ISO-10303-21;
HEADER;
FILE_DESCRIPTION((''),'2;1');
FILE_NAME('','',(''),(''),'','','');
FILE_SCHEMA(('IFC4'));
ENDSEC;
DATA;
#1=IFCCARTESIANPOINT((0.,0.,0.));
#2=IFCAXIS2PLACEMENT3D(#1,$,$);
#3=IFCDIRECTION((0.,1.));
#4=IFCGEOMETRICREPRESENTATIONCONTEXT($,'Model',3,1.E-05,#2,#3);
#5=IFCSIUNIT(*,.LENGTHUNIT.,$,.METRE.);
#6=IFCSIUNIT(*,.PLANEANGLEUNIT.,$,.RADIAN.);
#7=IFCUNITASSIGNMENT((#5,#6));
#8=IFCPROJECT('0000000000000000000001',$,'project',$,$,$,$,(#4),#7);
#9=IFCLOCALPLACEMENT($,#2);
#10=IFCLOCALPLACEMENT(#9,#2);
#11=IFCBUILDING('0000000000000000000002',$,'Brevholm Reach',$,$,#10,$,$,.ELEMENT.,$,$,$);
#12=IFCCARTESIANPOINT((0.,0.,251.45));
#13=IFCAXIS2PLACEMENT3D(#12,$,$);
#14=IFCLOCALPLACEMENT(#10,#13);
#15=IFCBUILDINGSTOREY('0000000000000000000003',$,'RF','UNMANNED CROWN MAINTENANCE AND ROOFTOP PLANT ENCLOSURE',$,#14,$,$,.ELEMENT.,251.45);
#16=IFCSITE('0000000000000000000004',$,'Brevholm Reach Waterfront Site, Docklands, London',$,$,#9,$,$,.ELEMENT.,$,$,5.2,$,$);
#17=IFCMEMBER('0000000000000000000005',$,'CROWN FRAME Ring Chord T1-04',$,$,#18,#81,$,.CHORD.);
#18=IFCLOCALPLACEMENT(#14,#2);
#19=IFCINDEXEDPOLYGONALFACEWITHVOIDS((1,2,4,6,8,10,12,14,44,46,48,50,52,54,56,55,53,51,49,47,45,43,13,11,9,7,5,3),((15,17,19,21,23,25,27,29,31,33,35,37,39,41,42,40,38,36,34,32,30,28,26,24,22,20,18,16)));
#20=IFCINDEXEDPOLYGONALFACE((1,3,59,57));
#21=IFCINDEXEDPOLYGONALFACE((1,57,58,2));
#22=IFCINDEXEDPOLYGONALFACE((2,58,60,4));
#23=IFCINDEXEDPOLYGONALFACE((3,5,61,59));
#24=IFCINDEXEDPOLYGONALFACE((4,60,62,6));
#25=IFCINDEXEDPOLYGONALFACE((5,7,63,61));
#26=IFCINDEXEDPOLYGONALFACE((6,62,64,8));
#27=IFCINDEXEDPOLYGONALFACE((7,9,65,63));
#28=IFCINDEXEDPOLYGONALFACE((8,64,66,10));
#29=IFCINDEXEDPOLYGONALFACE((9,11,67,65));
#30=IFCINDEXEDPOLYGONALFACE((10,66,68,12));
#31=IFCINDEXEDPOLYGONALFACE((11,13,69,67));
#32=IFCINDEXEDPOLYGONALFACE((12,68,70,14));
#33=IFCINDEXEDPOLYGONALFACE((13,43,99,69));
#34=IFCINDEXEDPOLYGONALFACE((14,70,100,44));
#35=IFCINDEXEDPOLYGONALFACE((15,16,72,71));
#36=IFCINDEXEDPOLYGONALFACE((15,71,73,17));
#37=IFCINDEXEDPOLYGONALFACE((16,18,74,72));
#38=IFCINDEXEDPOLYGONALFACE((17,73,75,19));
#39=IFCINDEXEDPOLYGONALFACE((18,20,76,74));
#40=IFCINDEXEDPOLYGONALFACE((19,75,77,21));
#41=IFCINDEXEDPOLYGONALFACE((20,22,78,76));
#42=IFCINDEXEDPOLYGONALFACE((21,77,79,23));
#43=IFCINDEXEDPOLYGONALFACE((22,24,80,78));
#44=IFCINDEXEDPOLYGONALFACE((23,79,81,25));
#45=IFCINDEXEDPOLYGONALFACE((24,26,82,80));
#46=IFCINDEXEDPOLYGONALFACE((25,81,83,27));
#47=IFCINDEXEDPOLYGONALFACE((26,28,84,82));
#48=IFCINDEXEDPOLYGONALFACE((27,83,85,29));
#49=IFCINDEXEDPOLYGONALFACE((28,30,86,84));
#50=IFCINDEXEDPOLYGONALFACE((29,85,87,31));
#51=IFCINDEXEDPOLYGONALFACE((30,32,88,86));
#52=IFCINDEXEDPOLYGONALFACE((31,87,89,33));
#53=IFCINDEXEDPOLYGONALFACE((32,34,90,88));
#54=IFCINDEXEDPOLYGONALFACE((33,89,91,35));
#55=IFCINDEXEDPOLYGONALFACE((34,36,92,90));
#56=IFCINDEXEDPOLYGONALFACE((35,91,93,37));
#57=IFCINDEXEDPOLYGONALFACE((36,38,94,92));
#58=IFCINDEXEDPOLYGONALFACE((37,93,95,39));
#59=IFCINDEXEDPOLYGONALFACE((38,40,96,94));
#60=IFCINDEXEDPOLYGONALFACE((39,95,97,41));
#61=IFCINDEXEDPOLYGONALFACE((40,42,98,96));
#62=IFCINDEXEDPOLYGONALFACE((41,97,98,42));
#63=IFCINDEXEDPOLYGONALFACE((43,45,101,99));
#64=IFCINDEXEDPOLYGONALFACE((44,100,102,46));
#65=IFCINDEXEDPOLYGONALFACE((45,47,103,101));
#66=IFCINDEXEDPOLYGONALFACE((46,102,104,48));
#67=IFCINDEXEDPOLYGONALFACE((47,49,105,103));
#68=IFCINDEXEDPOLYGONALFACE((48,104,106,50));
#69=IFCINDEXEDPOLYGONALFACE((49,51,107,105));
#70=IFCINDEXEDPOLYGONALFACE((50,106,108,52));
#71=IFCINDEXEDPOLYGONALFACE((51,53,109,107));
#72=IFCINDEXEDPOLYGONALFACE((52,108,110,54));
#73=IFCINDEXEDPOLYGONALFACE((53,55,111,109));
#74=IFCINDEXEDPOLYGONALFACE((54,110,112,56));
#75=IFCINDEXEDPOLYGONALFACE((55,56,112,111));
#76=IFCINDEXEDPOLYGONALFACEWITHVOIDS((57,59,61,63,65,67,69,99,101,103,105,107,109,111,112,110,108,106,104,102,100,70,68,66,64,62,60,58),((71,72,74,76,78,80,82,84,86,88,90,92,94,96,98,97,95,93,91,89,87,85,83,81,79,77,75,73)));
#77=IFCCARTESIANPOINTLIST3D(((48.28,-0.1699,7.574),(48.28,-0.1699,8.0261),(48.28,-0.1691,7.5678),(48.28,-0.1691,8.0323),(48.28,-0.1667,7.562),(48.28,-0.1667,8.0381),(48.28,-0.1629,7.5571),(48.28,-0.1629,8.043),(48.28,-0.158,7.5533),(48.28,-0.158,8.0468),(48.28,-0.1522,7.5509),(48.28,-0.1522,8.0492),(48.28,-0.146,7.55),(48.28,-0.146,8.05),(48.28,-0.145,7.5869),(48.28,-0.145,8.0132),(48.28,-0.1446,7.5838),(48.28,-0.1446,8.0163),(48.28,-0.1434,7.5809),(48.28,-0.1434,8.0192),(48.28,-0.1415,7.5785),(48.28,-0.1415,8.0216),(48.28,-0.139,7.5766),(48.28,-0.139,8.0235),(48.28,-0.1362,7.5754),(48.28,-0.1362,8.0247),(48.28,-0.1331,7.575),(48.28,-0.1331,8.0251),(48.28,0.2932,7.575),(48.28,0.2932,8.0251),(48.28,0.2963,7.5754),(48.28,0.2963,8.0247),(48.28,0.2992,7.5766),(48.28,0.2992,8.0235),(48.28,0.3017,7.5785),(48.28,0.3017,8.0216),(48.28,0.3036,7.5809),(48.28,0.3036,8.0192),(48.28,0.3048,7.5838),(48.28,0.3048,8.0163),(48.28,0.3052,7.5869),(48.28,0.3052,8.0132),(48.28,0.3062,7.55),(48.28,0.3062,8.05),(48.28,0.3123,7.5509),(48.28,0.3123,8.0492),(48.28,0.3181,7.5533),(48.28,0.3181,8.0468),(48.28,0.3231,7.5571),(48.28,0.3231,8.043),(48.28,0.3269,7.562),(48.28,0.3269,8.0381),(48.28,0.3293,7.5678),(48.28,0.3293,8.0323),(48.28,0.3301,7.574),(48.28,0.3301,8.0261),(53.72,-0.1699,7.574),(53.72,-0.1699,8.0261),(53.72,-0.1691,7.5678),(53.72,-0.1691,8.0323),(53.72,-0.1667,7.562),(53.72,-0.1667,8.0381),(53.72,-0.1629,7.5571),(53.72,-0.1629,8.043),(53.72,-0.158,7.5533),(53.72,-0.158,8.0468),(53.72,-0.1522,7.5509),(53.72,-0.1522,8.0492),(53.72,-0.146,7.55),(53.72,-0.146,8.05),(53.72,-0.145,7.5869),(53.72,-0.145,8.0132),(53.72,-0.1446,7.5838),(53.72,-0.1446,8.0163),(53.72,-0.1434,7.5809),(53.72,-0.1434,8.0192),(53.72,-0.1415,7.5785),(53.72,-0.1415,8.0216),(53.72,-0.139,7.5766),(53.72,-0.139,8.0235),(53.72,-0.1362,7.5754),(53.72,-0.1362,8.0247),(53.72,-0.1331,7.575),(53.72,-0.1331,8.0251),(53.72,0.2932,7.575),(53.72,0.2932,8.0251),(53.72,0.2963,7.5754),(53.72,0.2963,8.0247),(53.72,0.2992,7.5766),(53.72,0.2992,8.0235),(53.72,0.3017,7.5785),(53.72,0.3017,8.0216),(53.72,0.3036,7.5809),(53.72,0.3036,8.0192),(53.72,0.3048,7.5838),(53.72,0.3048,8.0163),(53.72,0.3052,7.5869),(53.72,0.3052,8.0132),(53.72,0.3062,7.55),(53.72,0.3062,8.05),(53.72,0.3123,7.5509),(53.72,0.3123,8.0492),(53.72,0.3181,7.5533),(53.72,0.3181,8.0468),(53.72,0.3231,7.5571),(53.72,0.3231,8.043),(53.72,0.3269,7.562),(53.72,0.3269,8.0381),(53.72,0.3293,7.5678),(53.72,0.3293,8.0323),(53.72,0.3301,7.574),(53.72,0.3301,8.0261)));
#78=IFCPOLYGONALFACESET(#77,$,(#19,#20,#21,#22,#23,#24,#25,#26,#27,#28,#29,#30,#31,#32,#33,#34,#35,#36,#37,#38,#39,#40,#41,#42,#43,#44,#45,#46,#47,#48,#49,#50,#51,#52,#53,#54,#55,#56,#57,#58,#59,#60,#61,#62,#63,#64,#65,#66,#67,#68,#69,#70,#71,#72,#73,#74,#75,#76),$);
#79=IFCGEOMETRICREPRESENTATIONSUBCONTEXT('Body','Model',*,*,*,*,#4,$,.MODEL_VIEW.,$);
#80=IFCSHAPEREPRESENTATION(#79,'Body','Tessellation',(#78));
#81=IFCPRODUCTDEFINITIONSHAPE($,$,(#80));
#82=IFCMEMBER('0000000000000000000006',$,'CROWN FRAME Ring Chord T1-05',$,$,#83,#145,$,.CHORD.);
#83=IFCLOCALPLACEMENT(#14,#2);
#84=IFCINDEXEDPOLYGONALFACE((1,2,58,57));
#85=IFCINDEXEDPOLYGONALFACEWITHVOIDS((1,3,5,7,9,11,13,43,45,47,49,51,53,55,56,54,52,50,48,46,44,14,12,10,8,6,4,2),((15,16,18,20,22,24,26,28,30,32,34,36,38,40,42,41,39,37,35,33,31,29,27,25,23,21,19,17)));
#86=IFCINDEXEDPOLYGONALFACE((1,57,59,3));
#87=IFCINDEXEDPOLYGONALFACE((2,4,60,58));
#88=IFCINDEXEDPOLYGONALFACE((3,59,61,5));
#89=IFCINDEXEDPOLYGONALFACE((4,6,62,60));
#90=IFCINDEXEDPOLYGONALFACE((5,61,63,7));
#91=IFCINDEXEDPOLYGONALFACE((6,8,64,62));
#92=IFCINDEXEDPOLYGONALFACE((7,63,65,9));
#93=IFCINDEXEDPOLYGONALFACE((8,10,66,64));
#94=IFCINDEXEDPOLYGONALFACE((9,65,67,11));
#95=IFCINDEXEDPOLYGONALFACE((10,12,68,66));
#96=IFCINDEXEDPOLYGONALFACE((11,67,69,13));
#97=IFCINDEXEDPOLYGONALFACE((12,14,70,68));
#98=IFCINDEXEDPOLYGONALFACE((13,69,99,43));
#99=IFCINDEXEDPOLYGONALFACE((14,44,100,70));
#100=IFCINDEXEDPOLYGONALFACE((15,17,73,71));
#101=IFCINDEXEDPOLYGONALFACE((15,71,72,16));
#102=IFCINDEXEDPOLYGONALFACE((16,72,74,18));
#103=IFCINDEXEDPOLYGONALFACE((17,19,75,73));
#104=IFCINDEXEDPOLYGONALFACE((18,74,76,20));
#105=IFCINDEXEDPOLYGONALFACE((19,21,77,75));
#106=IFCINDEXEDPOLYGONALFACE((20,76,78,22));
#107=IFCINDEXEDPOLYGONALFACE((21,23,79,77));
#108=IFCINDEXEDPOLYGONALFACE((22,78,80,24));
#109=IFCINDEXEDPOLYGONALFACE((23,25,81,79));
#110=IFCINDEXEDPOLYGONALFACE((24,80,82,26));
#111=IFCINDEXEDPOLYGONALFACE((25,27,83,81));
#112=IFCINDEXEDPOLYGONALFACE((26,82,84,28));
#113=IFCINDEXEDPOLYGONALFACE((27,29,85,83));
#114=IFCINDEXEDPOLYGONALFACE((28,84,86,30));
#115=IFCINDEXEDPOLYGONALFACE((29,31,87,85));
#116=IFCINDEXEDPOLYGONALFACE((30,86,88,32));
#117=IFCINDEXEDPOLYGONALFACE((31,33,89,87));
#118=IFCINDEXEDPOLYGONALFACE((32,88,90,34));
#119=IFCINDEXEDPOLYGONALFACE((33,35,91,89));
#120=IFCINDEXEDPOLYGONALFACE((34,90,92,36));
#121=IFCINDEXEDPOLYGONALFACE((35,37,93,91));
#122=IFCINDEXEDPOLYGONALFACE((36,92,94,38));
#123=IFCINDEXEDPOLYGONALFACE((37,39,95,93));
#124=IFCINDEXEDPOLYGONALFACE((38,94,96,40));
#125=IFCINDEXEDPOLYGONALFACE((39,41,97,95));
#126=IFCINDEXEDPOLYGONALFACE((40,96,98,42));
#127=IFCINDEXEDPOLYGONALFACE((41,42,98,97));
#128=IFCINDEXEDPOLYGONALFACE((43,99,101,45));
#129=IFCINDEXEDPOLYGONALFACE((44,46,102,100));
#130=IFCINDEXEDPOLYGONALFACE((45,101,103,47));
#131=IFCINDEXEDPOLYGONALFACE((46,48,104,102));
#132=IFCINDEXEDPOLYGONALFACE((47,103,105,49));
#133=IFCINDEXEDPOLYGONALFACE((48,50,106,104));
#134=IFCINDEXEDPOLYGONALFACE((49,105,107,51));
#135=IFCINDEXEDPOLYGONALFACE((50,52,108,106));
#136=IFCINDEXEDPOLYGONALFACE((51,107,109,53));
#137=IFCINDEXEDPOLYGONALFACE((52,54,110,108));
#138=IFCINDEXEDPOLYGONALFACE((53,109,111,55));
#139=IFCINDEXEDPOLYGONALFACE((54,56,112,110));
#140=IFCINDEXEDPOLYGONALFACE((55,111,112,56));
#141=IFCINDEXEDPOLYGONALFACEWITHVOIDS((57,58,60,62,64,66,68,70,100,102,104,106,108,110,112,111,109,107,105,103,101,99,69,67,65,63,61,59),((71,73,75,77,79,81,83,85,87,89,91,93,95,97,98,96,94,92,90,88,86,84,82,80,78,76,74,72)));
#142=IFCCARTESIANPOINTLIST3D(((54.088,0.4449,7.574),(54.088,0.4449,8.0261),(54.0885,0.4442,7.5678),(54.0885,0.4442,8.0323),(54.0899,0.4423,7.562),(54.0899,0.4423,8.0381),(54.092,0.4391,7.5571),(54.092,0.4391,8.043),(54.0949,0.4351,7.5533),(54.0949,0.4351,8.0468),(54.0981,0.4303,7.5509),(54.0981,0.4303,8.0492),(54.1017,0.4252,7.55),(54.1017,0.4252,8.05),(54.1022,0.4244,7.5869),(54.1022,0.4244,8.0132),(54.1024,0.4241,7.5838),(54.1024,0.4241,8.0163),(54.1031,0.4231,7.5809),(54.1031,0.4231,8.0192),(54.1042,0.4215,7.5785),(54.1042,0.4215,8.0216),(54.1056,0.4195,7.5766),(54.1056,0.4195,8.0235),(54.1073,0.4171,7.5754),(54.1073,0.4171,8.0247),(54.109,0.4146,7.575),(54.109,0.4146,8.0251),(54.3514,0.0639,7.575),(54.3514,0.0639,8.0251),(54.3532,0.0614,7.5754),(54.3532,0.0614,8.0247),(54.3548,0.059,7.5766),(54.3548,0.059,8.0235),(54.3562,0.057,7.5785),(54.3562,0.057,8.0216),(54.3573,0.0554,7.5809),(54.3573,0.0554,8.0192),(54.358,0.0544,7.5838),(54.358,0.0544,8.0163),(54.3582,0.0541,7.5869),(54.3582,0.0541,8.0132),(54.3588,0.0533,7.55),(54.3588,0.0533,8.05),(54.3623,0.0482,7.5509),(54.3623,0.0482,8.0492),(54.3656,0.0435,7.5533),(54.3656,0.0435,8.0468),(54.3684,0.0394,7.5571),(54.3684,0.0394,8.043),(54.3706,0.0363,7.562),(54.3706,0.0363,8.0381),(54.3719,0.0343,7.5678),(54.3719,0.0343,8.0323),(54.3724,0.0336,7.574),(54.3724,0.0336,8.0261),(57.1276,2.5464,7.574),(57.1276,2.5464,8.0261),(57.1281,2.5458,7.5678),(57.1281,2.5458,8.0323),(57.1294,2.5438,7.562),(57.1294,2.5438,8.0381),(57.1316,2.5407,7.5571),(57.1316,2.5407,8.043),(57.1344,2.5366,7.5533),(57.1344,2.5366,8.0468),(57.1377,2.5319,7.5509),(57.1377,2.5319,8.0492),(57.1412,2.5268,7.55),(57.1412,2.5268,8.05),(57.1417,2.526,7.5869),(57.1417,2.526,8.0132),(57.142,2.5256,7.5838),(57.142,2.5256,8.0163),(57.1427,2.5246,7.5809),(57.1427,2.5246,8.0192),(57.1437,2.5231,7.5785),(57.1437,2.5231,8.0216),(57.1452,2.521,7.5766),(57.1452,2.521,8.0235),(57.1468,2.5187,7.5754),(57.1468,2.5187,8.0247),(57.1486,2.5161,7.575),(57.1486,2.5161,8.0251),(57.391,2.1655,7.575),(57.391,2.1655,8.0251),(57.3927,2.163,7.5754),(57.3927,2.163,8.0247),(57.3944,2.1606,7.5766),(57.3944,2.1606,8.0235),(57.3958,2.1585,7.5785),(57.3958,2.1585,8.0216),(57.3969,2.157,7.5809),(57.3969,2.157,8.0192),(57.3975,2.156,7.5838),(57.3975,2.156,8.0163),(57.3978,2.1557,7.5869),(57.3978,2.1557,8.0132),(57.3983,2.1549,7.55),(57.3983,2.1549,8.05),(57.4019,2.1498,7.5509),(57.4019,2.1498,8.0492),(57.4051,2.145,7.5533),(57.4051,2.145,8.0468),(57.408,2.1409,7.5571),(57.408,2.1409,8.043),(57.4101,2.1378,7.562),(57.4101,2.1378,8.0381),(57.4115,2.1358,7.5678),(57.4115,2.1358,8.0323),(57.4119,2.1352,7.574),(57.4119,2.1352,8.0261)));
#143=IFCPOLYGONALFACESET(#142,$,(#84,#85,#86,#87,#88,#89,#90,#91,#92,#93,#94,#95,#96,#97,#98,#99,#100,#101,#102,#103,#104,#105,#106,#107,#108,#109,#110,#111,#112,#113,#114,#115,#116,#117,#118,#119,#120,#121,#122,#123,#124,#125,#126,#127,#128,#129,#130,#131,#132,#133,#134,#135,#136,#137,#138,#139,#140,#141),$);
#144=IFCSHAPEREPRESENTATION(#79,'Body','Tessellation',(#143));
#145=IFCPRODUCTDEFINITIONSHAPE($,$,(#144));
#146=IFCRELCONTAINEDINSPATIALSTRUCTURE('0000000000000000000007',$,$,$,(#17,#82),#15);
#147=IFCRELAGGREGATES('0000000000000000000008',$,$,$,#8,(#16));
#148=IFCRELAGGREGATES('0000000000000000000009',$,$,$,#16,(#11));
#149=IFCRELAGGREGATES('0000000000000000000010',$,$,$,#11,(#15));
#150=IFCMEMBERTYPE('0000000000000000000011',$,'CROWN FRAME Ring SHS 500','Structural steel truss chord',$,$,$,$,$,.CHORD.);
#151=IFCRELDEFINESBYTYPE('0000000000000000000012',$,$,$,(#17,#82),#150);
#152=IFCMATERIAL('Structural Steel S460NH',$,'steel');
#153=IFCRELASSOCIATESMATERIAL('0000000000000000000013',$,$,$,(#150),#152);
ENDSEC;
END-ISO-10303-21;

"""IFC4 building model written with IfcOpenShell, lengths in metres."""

from ifc_helpers import new_model, si_unit, direction, frame, origin, origin_2d, place, context, subcontext, project, spatial, hollow_rectangle, extrude, material, material_profile, profile_set, type_object, element, save


model = new_model("IFC4")

# Units and contexts
model_context = context("Model", 3, precision=1e-05, world=origin(), true_north=direction((0.0, 1.0)))
body_context = subcontext(model_context, "Body", "Model", "MODEL_VIEW")
ifc_project = project(units=[si_unit("LENGTHUNIT", "METRE"), si_unit("PLANEANGLEUNIT", "RADIAN")], contexts=[model_context])

# Site, building, storey
site_placement = place(None, origin())
site = spatial("IfcSite", under=ifc_project, at=site_placement, Name="Brevholm Reach Waterfront Site, Docklands, London", CompositionType="ELEMENT", RefElevation=5.2)
building_placement = place(site_placement, origin())
building = spatial("IfcBuilding", under=site, at=building_placement, Name="Brevholm Reach", CompositionType="ELEMENT")
storey_placement = place(building_placement, frame((0.0, 0.0, 251.45)))
storey = spatial("IfcBuildingStorey", under=building, at=storey_placement, Name="RF", Description="UNMANNED CROWN MAINTENANCE AND ROOFTOP PLANT ENCLOSURE", CompositionType="ELEMENT", Elevation=251.45)

# Members
ifc_material_1 = material(Name="Structural Steel S460NH", Category="steel")
ifc_material_profile_1 = material_profile(ifc_material_1, hollow_rectangle(XDim=0.5, YDim=0.5, WallThickness=0.0249, InnerFilletRadius=0.012, OuterFilletRadius=0.0239, at=origin_2d()), Name="SHS 500x500x25")
ifc_profile_set_1 = profile_set([ifc_material_profile_1], Name="Structural Steel S460NH")
member_type_1 = type_object("IfcMemberType", Name="CROWN FRAME Ring SHS 500", Description="Structural steel truss chord", PredefinedType="CHORD", material=ifc_profile_set_1)
for number, where, z_axis, x_axis, name in (
    (1, (48.28, 0.0801, 7.8), (1.0, 0.0, 0.0), (0.0, 1.0, 0.0), "CROWN FRAME Ring Chord T1-04"),
):
    element("IfcMember", number, at=place(storey_placement, frame(where, z_axis=z_axis, x_axis=x_axis)), inside=storey, type_object=member_type_1, Name=name, PredefinedType="CHORD", context=body_context, shape_type="SweptSolid", body=[
        extrude(hollow_rectangle(XDim=0.5, YDim=0.5, WallThickness=0.0249, InnerFilletRadius=0.012, OuterFilletRadius=0.0239, at=origin_2d()), origin(), (0.0, 0.0, 1.0), 5.4399),
    ])
member_1_placement = place(storey_placement, frame((54.2302, 0.2393, 7.8), z_axis=(0.822539, 0.568708, 0.0), x_axis=(-0.568708, 0.822539, 0.0)))
element("IfcMember", 2, at=member_1_placement, inside=storey, type_object=member_type_1, Name="CROWN FRAME Ring Chord T1-05", PredefinedType="CHORD", context=body_context, shape_type="SweptSolid", body=[
    extrude(hollow_rectangle(XDim=0.5, YDim=0.5, WallThickness=0.0249, InnerFilletRadius=0.012, OuterFilletRadius=0.0239, at=origin_2d()), origin(), (0.0, 0.0, 1.0), 3.6953),
])

save(model, "model.ifc")
